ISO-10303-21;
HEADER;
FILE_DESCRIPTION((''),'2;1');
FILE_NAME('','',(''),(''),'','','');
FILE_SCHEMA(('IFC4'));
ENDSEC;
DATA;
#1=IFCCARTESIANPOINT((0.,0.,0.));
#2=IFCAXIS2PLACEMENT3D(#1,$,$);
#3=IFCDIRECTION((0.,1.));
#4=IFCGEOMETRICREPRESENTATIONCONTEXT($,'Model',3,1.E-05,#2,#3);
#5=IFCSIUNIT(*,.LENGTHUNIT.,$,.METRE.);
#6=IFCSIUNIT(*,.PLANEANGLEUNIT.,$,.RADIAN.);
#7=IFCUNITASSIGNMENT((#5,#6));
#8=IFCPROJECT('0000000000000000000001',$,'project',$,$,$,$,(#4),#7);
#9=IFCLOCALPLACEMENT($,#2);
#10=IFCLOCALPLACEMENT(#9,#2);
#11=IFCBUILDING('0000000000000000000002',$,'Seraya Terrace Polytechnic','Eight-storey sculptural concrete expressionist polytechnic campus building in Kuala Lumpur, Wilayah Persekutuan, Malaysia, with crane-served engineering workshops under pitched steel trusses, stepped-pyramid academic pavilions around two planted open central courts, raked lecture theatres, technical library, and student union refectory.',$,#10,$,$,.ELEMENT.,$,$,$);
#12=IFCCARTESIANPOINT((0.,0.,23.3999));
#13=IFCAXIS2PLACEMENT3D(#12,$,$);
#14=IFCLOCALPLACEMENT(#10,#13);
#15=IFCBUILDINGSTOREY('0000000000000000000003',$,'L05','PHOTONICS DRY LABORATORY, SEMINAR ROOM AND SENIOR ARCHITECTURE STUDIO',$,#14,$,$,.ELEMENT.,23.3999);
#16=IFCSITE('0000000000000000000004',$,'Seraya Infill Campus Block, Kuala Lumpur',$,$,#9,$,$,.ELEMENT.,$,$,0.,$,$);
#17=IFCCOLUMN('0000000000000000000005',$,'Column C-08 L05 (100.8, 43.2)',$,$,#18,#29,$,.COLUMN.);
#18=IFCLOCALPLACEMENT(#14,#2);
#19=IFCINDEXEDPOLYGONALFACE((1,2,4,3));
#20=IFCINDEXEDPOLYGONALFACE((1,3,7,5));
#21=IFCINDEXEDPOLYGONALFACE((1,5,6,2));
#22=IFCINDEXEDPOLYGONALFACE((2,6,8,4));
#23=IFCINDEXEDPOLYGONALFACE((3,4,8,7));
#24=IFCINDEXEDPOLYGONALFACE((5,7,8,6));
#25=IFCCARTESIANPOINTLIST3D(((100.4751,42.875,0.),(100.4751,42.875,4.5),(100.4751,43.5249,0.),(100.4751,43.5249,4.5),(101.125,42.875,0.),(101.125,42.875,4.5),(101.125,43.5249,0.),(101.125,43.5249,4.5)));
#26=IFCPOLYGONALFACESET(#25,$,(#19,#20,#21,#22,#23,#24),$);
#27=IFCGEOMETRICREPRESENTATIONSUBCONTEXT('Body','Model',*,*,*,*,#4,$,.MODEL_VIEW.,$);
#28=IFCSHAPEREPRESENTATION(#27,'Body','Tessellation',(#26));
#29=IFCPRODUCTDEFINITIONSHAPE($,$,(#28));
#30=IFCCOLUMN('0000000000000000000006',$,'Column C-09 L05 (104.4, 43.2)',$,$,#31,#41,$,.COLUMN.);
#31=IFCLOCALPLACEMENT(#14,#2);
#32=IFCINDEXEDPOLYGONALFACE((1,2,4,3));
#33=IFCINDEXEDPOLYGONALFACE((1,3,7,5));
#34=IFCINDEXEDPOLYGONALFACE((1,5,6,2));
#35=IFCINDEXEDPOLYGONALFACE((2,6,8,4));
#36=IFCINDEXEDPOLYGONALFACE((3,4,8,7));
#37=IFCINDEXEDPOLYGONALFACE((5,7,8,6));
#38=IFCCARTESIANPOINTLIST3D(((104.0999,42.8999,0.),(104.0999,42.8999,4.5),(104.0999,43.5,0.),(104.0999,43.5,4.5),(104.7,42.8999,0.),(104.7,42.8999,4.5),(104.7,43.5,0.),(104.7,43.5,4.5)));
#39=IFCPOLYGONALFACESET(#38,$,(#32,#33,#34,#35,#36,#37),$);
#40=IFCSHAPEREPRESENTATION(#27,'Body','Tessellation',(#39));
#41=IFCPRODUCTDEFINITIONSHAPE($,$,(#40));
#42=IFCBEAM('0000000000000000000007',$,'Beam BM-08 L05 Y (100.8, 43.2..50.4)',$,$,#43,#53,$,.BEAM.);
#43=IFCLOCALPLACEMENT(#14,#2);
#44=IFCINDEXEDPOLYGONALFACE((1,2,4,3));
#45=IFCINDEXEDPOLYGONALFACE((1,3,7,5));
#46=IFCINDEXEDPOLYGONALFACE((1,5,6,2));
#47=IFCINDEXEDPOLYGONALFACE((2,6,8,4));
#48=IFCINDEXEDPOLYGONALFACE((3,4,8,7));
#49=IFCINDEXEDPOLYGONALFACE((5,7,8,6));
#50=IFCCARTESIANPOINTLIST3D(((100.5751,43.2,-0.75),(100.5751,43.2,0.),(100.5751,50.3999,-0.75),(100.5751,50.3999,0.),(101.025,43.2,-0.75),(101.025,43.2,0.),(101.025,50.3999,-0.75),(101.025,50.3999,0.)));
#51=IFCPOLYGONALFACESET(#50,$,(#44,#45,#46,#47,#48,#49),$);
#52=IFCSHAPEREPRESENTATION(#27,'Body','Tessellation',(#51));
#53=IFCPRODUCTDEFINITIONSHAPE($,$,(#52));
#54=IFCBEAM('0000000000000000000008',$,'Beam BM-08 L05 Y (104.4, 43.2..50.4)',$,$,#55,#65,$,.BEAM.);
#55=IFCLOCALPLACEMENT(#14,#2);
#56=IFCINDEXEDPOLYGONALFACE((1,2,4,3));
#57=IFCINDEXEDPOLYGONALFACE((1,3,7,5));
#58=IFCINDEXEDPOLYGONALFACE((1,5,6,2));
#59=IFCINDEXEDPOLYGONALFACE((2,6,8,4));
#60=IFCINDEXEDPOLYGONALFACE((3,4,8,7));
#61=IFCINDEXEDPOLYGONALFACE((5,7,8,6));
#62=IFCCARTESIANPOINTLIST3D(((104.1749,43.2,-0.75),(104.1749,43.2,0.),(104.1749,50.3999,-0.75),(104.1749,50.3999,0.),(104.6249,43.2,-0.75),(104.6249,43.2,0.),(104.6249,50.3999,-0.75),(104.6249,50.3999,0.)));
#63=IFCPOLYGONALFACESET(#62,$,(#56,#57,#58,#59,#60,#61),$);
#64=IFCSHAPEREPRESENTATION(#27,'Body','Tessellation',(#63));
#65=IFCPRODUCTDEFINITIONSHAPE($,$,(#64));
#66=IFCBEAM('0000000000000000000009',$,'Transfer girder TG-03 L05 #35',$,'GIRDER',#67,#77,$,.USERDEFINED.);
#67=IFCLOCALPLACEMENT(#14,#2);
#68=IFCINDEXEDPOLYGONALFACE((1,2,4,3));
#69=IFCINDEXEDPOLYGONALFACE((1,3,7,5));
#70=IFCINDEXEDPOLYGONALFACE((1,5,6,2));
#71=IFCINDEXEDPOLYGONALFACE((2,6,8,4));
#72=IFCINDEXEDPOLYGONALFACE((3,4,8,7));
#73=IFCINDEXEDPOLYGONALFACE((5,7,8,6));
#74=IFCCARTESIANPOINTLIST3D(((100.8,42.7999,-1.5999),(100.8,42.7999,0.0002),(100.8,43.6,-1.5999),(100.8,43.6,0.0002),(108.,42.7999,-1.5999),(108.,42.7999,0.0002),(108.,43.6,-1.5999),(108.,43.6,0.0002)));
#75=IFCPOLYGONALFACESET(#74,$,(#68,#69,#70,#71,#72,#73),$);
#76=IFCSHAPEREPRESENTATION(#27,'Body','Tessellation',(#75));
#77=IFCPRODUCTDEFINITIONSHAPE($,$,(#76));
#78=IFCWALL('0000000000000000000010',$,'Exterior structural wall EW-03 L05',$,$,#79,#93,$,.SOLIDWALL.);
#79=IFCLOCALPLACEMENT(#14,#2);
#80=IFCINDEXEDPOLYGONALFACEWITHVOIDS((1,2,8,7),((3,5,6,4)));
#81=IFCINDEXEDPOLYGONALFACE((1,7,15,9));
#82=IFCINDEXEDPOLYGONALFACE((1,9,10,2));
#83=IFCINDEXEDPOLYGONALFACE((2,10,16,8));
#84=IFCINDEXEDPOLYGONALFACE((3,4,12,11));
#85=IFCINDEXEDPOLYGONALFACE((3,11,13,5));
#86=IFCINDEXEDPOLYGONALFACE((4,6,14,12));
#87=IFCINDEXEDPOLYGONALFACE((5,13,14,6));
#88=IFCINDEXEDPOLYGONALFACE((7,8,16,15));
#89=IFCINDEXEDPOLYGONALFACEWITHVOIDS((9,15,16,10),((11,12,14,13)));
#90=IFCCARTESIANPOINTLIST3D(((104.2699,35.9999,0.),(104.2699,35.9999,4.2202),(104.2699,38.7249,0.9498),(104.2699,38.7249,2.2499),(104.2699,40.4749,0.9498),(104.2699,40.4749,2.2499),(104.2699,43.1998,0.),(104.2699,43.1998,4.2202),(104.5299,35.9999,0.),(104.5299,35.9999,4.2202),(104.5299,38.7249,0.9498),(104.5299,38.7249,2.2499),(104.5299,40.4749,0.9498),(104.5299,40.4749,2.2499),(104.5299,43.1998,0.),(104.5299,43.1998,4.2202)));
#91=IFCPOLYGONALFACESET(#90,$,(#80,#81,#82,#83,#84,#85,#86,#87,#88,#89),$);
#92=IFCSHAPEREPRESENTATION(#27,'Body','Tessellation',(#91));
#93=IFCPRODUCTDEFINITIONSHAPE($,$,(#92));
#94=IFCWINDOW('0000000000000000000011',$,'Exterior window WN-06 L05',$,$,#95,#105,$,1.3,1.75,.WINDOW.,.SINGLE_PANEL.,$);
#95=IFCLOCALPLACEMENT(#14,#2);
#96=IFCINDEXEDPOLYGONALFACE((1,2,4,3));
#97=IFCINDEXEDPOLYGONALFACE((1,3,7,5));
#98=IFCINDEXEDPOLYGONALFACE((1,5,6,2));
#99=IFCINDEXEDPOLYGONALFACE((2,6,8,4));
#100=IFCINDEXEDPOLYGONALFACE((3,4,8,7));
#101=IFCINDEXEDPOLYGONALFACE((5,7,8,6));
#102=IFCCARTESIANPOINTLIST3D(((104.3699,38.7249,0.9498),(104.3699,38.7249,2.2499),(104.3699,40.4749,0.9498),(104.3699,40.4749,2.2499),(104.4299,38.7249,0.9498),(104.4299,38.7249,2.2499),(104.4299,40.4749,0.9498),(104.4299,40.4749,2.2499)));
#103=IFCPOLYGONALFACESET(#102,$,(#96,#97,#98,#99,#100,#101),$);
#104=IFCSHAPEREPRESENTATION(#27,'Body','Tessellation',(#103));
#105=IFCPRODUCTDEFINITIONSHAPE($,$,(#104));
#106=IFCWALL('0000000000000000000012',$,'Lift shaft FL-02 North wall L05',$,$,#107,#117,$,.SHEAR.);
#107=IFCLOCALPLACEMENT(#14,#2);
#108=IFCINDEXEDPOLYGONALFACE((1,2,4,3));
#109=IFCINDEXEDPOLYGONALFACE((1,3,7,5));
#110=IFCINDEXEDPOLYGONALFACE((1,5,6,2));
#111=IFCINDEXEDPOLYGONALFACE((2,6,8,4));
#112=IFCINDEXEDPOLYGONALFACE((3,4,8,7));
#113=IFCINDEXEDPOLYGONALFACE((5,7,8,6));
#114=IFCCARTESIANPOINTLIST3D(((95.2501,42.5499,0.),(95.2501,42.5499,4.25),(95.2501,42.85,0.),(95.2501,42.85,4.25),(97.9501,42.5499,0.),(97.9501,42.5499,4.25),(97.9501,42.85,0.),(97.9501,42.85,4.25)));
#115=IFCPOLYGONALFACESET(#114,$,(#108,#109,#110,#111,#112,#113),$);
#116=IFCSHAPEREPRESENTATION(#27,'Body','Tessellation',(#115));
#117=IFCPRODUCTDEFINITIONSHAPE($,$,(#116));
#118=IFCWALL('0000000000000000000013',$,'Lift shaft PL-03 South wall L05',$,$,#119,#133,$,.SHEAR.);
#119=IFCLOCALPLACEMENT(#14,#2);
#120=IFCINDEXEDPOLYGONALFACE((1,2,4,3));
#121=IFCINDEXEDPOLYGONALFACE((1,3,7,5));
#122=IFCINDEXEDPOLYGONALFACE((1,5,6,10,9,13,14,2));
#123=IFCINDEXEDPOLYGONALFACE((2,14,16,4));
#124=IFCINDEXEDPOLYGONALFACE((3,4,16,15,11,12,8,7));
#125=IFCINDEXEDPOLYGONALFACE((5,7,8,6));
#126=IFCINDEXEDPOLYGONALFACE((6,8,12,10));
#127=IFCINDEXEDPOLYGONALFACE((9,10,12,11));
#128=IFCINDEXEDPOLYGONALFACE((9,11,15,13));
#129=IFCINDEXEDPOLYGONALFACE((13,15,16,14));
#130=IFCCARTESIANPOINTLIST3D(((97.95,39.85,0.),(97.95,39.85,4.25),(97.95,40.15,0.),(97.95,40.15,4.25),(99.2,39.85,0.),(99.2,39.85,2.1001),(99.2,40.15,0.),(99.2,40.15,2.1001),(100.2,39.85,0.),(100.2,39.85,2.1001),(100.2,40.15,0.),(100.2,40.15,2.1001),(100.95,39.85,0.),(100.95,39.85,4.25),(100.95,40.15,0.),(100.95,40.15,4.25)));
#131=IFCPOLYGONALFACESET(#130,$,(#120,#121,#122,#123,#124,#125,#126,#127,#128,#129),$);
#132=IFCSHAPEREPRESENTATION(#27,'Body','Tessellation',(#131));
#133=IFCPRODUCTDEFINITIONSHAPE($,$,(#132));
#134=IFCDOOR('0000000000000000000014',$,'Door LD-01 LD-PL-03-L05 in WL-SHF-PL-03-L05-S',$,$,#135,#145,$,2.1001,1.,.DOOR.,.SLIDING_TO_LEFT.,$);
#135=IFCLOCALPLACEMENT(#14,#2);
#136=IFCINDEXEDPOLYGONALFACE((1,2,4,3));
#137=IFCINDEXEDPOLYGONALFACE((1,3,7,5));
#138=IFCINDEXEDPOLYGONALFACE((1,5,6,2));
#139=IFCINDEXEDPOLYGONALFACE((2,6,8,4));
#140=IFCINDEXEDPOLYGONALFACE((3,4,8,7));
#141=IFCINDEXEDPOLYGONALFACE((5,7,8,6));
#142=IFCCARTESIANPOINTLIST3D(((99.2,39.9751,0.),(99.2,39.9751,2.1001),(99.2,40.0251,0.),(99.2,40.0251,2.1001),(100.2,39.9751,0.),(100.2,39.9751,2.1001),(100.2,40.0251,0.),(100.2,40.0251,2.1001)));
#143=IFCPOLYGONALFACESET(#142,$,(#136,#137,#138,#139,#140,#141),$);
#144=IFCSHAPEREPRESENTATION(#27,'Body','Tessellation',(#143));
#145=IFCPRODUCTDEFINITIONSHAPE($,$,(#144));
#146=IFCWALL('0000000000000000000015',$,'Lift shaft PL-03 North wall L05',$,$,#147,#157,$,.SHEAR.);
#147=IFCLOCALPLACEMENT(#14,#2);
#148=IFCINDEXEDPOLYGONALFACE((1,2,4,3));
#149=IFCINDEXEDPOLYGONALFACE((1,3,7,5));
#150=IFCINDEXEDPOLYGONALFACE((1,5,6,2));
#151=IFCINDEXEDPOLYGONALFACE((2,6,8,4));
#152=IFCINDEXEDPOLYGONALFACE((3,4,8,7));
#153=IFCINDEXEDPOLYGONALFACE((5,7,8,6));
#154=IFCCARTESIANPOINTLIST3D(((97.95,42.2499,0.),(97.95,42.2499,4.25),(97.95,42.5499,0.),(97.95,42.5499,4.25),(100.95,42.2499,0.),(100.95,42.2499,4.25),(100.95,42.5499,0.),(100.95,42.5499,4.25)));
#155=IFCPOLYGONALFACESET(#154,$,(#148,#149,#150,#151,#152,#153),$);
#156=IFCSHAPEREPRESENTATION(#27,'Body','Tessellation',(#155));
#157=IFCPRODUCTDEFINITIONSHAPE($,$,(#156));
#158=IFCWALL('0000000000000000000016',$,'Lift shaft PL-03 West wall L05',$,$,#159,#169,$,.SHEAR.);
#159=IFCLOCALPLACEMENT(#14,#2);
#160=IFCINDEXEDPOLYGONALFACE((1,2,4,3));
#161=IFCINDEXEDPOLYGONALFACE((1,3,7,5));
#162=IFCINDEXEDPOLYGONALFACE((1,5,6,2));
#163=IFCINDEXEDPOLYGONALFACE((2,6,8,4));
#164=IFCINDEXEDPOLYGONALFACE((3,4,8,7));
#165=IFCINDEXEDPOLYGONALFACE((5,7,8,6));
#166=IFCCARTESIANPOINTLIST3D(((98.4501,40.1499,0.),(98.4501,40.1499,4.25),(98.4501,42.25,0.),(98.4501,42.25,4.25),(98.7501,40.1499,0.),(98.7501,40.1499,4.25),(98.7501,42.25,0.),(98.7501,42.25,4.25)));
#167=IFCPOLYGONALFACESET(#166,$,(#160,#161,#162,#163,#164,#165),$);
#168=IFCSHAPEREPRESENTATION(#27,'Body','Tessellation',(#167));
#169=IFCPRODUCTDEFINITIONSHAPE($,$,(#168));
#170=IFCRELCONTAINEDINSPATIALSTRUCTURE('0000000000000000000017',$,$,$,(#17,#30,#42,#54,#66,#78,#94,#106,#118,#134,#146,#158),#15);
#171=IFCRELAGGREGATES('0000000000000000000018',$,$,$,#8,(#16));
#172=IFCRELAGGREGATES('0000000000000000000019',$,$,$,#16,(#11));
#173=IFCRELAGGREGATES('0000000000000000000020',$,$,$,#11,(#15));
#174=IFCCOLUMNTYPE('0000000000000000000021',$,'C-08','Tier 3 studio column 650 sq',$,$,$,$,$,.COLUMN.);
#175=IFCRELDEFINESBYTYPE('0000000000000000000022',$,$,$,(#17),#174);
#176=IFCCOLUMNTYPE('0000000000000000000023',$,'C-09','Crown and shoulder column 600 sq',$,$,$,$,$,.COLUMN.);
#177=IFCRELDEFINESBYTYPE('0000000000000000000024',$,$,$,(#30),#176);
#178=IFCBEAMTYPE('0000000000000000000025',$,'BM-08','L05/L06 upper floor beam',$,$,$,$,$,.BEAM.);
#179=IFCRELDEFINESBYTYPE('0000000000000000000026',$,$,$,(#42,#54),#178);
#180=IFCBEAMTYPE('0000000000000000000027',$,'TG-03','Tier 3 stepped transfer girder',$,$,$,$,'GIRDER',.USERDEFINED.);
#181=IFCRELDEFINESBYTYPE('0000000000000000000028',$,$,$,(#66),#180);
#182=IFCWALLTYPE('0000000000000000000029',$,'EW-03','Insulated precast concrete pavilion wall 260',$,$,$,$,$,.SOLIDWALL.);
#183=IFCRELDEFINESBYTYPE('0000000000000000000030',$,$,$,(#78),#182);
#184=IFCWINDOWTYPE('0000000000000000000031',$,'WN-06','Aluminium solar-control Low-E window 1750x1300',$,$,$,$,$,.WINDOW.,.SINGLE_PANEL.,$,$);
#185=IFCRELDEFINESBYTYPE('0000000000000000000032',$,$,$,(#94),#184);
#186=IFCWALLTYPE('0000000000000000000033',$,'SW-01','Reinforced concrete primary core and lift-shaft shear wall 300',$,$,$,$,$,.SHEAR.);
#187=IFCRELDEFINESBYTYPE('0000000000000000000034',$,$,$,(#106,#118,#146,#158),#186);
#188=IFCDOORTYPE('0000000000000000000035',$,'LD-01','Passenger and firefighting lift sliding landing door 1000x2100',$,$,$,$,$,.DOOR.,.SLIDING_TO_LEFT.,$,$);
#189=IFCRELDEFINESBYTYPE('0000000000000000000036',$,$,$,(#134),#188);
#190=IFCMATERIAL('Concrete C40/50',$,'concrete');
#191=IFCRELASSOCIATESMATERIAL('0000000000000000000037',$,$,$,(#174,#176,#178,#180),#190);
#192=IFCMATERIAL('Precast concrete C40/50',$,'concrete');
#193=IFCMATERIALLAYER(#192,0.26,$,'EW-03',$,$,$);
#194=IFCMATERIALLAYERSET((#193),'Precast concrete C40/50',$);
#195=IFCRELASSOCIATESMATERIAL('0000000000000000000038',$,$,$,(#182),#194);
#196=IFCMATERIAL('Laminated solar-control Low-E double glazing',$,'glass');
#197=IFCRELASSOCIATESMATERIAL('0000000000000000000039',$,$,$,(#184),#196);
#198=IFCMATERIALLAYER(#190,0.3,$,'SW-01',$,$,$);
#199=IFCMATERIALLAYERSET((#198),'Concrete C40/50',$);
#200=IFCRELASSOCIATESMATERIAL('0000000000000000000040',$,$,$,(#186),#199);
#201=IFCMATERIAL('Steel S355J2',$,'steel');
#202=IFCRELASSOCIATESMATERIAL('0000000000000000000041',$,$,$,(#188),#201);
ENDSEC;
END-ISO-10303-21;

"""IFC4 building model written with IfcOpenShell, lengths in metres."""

from ifc_helpers import new_model, si_unit, direction, frame, frame_2d, origin, origin_2d, place, context, subcontext, project, spatial, rectangle, extrude, material, layer, layer_set, material_profile, profile_set, type_object, element, fill, save


model = new_model("IFC4")

# Units and contexts
model_context = context("Model", 3, precision=1e-05, world=origin(), true_north=direction((0.0, 1.0)))
body_context = subcontext(model_context, "Body", "Model", "MODEL_VIEW")
ifc_project = project(units=[si_unit("LENGTHUNIT", "METRE"), si_unit("PLANEANGLEUNIT", "RADIAN")], contexts=[model_context])

# Site, building, storey
site_placement = place(None, origin())
site = spatial("IfcSite", under=ifc_project, at=site_placement, Name="Seraya Infill Campus Block, Kuala Lumpur", CompositionType="ELEMENT", RefElevation=0.0)
building_placement = place(site_placement, origin())
building = spatial("IfcBuilding", under=site, at=building_placement, Name="Seraya Terrace Polytechnic", Description="Eight-storey sculptural concrete expressionist polytechnic campus building in Kuala Lumpur, Wilayah Persekutuan, Malaysia, with crane-served engineering workshops under pitched steel trusses, stepped-pyramid academic pavilions around two planted open central courts, raked lecture theatres, technical library, and student union refectory.", CompositionType="ELEMENT")
storey_placement = place(building_placement, frame((0.0, 0.0, 23.3999)))
storey = spatial("IfcBuildingStorey", under=building, at=storey_placement, Name="L05", Description="PHOTONICS DRY LABORATORY, SEMINAR ROOM AND SENIOR ARCHITECTURE STUDIO", CompositionType="ELEMENT", Elevation=23.3999)

# Columns
ifc_material_1 = material(Name="Concrete C40/50", Category="concrete")
ifc_material_profile_1 = material_profile(ifc_material_1, rectangle(XDim=0.6499, YDim=0.6499, at=origin_2d()), Name="RC 650x650")
ifc_profile_set_1 = profile_set([ifc_material_profile_1], Name="Concrete C40/50")
column_type_1 = type_object("IfcColumnType", Name="C-08", Description="Tier 3 studio column 650 sq", PredefinedType="COLUMN", material=ifc_profile_set_1)
column_1_placement = place(storey_placement, frame((100.8, 43.2, 0.0), z_axis=(0.0, 0.0, 1.0), x_axis=(1.0, 0.0, 0.0)))
element("IfcColumn", 1, at=column_1_placement, inside=storey, type_object=column_type_1, Name="Column C-08 L05 (100.8, 43.2)", PredefinedType="COLUMN", context=body_context, shape_type="SweptSolid", body=[
    extrude(rectangle(XDim=0.6499, YDim=0.6499, at=origin_2d()), origin(), (0.0, 0.0, 1.0), 4.5),
])
ifc_material_profile_2 = material_profile(ifc_material_1, rectangle(XDim=0.6001, YDim=0.6001, at=origin_2d()), Name="RC 600x600")
ifc_profile_set_2 = profile_set([ifc_material_profile_2], Name="Concrete C40/50")
column_type_2 = type_object("IfcColumnType", Name="C-09", Description="Crown and shoulder column 600 sq", PredefinedType="COLUMN", material=ifc_profile_set_2)
column_2_placement = place(storey_placement, frame((104.3999, 43.2, 0.0), z_axis=(0.0, 0.0, 1.0), x_axis=(1.0, 0.0, 0.0)))
element("IfcColumn", 2, at=column_2_placement, inside=storey, type_object=column_type_2, Name="Column C-09 L05 (104.4, 43.2)", PredefinedType="COLUMN", context=body_context, shape_type="SweptSolid", body=[
    extrude(rectangle(XDim=0.6001, YDim=0.6001, at=origin_2d()), origin(), (0.0, 0.0, 1.0), 4.5),
])

# Beams
ifc_material_profile_3 = material_profile(ifc_material_1, rectangle(XDim=0.45, YDim=0.75, at=origin_2d()), Name="RC 450x750")
ifc_profile_set_3 = profile_set([ifc_material_profile_3], Name="Concrete C40/50")
beam_type_1 = type_object("IfcBeamType", Name="BM-08", Description="L05/L06 upper floor beam", PredefinedType="BEAM", material=ifc_profile_set_3)
for number, where, z_axis, x_axis, name in (
    (3, (100.8, 43.2, -0.375), (0.0, 1.0, 0.0), (-1.0, 0.0, 0.0), "Beam BM-08 L05 Y (100.8, 43.2..50.4)"),
    (4, (104.3999, 43.2, -0.375), (0.0, 1.0, 0.0), (-1.0, 0.0, 0.0), "Beam BM-08 L05 Y (104.4, 43.2..50.4)"),
):
    element("IfcBeam", number, at=place(storey_placement, frame(where, z_axis=z_axis, x_axis=x_axis)), inside=storey, type_object=beam_type_1, Name=name, PredefinedType="BEAM", context=body_context, shape_type="SweptSolid", body=[
        extrude(rectangle(XDim=0.45, YDim=0.75, at=origin_2d()), origin(), (0.0, 0.0, 1.0), 7.2),
    ])
ifc_material_profile_4 = material_profile(ifc_material_1, rectangle(XDim=0.8, YDim=1.6001, at=origin_2d()), Name="RC 800x1600")
ifc_profile_set_4 = profile_set([ifc_material_profile_4], Name="Concrete C40/50")
beam_type_2 = type_object("IfcBeamType", Name="TG-03", Description="Tier 3 stepped transfer girder", ElementType="GIRDER", PredefinedType="USERDEFINED", material=ifc_profile_set_4)
beam_placement = place(storey_placement, frame((100.8, 43.2, -0.7998), z_axis=(1.0, 0.0, 0.0), x_axis=(0.0, 1.0, 0.0)))
element("IfcBeam", 5, at=beam_placement, inside=storey, type_object=beam_type_2, Name="Transfer girder TG-03 L05 #35", ObjectType="GIRDER", PredefinedType="USERDEFINED", context=body_context, shape_type="SweptSolid", body=[
    extrude(rectangle(XDim=0.8, YDim=1.6001, at=origin_2d()), origin(), (0.0, 0.0, 1.0), 7.2),
])

# Wall, opening, window
ifc_material_2 = material(Name="Precast concrete C40/50", Category="concrete")
ifc_layer_1 = layer(ifc_material_2, 0.26, Name="EW-03")
ifc_layer_set_1 = layer_set([ifc_layer_1], Name="Precast concrete C40/50")
wall_type_1 = type_object("IfcWallType", Name="EW-03", Description="Insulated precast concrete pavilion wall 260", PredefinedType="SOLIDWALL", material=ifc_layer_set_1)
wall_1_placement = place(storey_placement, frame((104.3999, 43.2, 0.0), z_axis=(0.0, 0.0, 1.0), x_axis=(0.0, -1.0, 0.0)))
wall_1 = element("IfcWall", 6, at=wall_1_placement, inside=storey, type_object=wall_type_1, Name="Exterior structural wall EW-03 L05", PredefinedType="SOLIDWALL", context=body_context, shape_type="SweptSolid", body=[
    extrude(rectangle(XDim=7.2, YDim=0.26, at=frame_2d((3.6001, 0.0))), origin(), (0.0, 0.0, 1.0), 4.2202),
])
opening_1_placement = place(wall_1_placement, frame((2.7251, 0.0, 0.95)))
opening_1 = element("IfcOpeningElement", 7, at=opening_1_placement, cuts=wall_1, PredefinedType="OPENING", context=body_context, shape_type="SweptSolid", body=[
    extrude(rectangle(XDim=1.75, YDim=1.3, at=frame_2d((0.875, 0.6499))), frame((0.0, 0.1421, 0.0), z_axis=(0.0, -1.0, 0.0), x_axis=(1.0, 0.0, 0.0)), (0.0, 0.0, 1.0), 0.2839),
])
ifc_material_3 = material(Name="Laminated solar-control Low-E double glazing", Category="glass")
window_type = type_object("IfcWindowType", Name="WN-06", Description="Aluminium solar-control Low-E window 1750x1300", PartitioningType="SINGLE_PANEL", PredefinedType="WINDOW", material=ifc_material_3)
window_placement = place(opening_1_placement, origin())
window = element("IfcWindow", 8, at=window_placement, inside=storey, type_object=window_type, Name="Exterior window WN-06 L05", OverallHeight=1.3, OverallWidth=1.75, PartitioningType="SINGLE_PANEL", PredefinedType="WINDOW", context=body_context, shape_type="SweptSolid", body=[
    extrude(rectangle(XDim=1.75, YDim=1.3, at=frame_2d((0.875, 0.6499))), frame((0.0, 0.03, 0.0), z_axis=(0.0, -1.0, 0.0), x_axis=(1.0, 0.0, 0.0)), (0.0, 0.0, 1.0), 0.0601),
])
fill(opening_1, window)

# Wall
ifc_layer_2 = layer(ifc_material_1, 0.3, Name="SW-01")
ifc_layer_set_2 = layer_set([ifc_layer_2], Name="Concrete C40/50")
wall_type_2 = type_object("IfcWallType", Name="SW-01", Description="Reinforced concrete primary core and lift-shaft shear wall 300", PredefinedType="SHEAR", material=ifc_layer_set_2)
wall_2_placement = place(storey_placement, frame((95.25, 42.7, 0.0), z_axis=(0.0, 0.0, 1.0), x_axis=(1.0, 0.0, 0.0)))
element("IfcWall", 9, at=wall_2_placement, inside=storey, type_object=wall_type_2, Name="Lift shaft FL-02 North wall L05", PredefinedType="SHEAR", context=body_context, shape_type="SweptSolid", body=[
    extrude(rectangle(XDim=2.7, YDim=0.3, at=frame_2d((1.3501, 0.0))), origin(), (0.0, 0.0, 1.0), 4.25),
])

# Wall, opening, door
wall_3_placement = place(storey_placement, frame((97.95, 40.0, 0.0), z_axis=(0.0, 0.0, 1.0), x_axis=(1.0, 0.0, 0.0)))
wall_3 = element("IfcWall", 10, at=wall_3_placement, inside=storey, type_object=wall_type_2, Name="Lift shaft PL-03 South wall L05", PredefinedType="SHEAR", context=body_context, shape_type="SweptSolid", body=[
    extrude(rectangle(XDim=3.0, YDim=0.3, at=frame_2d((1.5, 0.0))), origin(), (0.0, 0.0, 1.0), 4.25),
])
opening_2_placement = place(wall_3_placement, frame((1.25, 0.0, 0.0)))
opening_2 = element("IfcOpeningElement", 11, at=opening_2_placement, cuts=wall_3, PredefinedType="OPENING", context=body_context, shape_type="SweptSolid", body=[
    extrude(rectangle(XDim=1.0, YDim=2.1001, at=frame_2d((0.5, 1.05))), frame((0.0, 0.1621, 0.0), z_axis=(0.0, -1.0, 0.0), x_axis=(1.0, 0.0, 0.0)), (0.0, 0.0, 1.0), 0.324),
])
ifc_material_4 = material(Name="Steel S355J2", Category="steel")
door_type = type_object("IfcDoorType", Name="LD-01", Description="Passenger and firefighting lift sliding landing door 1000x2100", OperationType="SLIDING_TO_LEFT", PredefinedType="DOOR", material=ifc_material_4)
door_1_placement = place(opening_2_placement, frame((1.0, 0.0, 0.0), z_axis=(0.0, 0.0, 1.0), x_axis=(-1.0, 0.0, 0.0)))
door_1 = element("IfcDoor", 12, at=door_1_placement, inside=storey, type_object=door_type, Name="Door LD-01 LD-PL-03-L05 in WL-SHF-PL-03-L05-S", OperationType="SLIDING_TO_LEFT", OverallHeight=2.1001, OverallWidth=1.0, PredefinedType="DOOR", context=body_context, shape_type="SweptSolid", body=[
    extrude(rectangle(XDim=1.0, YDim=2.1001, at=frame_2d((0.5, 1.05))), frame((0.0, 0.0249, 0.0), z_axis=(0.0, -1.0, 0.0), x_axis=(1.0, 0.0, 0.0)), (0.0, 0.0, 1.0), 0.05),
])
fill(opening_2, door_1)

# Walls
wall_4_placement = place(storey_placement, frame((97.95, 42.3999, 0.0), z_axis=(0.0, 0.0, 1.0), x_axis=(1.0, 0.0, 0.0)))
element("IfcWall", 13, at=wall_4_placement, inside=storey, type_object=wall_type_2, Name="Lift shaft PL-03 North wall L05", PredefinedType="SHEAR", context=body_context, shape_type="SweptSolid", body=[
    extrude(rectangle(XDim=3.0, YDim=0.3, at=frame_2d((1.5, 0.0))), origin(), (0.0, 0.0, 1.0), 4.25),
])
for number, where, z_axis, x_axis, name in (
    (14, (98.6001, 40.1499, 0.0), (0.0, 0.0, 1.0), (0.0, 1.0, 0.0), "Lift shaft PL-03 West wall L05"),
):
    element("IfcWall", number, at=place(storey_placement, frame(where, z_axis=z_axis, x_axis=x_axis)), inside=storey, type_object=wall_type_2, Name=name, PredefinedType="SHEAR", context=body_context, shape_type="SweptSolid", body=[
        extrude(rectangle(XDim=2.1001, YDim=0.3, at=frame_2d((1.05, 0.0))), origin(), (0.0, 0.0, 1.0), 4.25),
    ])

save(model, "model.ifc")
